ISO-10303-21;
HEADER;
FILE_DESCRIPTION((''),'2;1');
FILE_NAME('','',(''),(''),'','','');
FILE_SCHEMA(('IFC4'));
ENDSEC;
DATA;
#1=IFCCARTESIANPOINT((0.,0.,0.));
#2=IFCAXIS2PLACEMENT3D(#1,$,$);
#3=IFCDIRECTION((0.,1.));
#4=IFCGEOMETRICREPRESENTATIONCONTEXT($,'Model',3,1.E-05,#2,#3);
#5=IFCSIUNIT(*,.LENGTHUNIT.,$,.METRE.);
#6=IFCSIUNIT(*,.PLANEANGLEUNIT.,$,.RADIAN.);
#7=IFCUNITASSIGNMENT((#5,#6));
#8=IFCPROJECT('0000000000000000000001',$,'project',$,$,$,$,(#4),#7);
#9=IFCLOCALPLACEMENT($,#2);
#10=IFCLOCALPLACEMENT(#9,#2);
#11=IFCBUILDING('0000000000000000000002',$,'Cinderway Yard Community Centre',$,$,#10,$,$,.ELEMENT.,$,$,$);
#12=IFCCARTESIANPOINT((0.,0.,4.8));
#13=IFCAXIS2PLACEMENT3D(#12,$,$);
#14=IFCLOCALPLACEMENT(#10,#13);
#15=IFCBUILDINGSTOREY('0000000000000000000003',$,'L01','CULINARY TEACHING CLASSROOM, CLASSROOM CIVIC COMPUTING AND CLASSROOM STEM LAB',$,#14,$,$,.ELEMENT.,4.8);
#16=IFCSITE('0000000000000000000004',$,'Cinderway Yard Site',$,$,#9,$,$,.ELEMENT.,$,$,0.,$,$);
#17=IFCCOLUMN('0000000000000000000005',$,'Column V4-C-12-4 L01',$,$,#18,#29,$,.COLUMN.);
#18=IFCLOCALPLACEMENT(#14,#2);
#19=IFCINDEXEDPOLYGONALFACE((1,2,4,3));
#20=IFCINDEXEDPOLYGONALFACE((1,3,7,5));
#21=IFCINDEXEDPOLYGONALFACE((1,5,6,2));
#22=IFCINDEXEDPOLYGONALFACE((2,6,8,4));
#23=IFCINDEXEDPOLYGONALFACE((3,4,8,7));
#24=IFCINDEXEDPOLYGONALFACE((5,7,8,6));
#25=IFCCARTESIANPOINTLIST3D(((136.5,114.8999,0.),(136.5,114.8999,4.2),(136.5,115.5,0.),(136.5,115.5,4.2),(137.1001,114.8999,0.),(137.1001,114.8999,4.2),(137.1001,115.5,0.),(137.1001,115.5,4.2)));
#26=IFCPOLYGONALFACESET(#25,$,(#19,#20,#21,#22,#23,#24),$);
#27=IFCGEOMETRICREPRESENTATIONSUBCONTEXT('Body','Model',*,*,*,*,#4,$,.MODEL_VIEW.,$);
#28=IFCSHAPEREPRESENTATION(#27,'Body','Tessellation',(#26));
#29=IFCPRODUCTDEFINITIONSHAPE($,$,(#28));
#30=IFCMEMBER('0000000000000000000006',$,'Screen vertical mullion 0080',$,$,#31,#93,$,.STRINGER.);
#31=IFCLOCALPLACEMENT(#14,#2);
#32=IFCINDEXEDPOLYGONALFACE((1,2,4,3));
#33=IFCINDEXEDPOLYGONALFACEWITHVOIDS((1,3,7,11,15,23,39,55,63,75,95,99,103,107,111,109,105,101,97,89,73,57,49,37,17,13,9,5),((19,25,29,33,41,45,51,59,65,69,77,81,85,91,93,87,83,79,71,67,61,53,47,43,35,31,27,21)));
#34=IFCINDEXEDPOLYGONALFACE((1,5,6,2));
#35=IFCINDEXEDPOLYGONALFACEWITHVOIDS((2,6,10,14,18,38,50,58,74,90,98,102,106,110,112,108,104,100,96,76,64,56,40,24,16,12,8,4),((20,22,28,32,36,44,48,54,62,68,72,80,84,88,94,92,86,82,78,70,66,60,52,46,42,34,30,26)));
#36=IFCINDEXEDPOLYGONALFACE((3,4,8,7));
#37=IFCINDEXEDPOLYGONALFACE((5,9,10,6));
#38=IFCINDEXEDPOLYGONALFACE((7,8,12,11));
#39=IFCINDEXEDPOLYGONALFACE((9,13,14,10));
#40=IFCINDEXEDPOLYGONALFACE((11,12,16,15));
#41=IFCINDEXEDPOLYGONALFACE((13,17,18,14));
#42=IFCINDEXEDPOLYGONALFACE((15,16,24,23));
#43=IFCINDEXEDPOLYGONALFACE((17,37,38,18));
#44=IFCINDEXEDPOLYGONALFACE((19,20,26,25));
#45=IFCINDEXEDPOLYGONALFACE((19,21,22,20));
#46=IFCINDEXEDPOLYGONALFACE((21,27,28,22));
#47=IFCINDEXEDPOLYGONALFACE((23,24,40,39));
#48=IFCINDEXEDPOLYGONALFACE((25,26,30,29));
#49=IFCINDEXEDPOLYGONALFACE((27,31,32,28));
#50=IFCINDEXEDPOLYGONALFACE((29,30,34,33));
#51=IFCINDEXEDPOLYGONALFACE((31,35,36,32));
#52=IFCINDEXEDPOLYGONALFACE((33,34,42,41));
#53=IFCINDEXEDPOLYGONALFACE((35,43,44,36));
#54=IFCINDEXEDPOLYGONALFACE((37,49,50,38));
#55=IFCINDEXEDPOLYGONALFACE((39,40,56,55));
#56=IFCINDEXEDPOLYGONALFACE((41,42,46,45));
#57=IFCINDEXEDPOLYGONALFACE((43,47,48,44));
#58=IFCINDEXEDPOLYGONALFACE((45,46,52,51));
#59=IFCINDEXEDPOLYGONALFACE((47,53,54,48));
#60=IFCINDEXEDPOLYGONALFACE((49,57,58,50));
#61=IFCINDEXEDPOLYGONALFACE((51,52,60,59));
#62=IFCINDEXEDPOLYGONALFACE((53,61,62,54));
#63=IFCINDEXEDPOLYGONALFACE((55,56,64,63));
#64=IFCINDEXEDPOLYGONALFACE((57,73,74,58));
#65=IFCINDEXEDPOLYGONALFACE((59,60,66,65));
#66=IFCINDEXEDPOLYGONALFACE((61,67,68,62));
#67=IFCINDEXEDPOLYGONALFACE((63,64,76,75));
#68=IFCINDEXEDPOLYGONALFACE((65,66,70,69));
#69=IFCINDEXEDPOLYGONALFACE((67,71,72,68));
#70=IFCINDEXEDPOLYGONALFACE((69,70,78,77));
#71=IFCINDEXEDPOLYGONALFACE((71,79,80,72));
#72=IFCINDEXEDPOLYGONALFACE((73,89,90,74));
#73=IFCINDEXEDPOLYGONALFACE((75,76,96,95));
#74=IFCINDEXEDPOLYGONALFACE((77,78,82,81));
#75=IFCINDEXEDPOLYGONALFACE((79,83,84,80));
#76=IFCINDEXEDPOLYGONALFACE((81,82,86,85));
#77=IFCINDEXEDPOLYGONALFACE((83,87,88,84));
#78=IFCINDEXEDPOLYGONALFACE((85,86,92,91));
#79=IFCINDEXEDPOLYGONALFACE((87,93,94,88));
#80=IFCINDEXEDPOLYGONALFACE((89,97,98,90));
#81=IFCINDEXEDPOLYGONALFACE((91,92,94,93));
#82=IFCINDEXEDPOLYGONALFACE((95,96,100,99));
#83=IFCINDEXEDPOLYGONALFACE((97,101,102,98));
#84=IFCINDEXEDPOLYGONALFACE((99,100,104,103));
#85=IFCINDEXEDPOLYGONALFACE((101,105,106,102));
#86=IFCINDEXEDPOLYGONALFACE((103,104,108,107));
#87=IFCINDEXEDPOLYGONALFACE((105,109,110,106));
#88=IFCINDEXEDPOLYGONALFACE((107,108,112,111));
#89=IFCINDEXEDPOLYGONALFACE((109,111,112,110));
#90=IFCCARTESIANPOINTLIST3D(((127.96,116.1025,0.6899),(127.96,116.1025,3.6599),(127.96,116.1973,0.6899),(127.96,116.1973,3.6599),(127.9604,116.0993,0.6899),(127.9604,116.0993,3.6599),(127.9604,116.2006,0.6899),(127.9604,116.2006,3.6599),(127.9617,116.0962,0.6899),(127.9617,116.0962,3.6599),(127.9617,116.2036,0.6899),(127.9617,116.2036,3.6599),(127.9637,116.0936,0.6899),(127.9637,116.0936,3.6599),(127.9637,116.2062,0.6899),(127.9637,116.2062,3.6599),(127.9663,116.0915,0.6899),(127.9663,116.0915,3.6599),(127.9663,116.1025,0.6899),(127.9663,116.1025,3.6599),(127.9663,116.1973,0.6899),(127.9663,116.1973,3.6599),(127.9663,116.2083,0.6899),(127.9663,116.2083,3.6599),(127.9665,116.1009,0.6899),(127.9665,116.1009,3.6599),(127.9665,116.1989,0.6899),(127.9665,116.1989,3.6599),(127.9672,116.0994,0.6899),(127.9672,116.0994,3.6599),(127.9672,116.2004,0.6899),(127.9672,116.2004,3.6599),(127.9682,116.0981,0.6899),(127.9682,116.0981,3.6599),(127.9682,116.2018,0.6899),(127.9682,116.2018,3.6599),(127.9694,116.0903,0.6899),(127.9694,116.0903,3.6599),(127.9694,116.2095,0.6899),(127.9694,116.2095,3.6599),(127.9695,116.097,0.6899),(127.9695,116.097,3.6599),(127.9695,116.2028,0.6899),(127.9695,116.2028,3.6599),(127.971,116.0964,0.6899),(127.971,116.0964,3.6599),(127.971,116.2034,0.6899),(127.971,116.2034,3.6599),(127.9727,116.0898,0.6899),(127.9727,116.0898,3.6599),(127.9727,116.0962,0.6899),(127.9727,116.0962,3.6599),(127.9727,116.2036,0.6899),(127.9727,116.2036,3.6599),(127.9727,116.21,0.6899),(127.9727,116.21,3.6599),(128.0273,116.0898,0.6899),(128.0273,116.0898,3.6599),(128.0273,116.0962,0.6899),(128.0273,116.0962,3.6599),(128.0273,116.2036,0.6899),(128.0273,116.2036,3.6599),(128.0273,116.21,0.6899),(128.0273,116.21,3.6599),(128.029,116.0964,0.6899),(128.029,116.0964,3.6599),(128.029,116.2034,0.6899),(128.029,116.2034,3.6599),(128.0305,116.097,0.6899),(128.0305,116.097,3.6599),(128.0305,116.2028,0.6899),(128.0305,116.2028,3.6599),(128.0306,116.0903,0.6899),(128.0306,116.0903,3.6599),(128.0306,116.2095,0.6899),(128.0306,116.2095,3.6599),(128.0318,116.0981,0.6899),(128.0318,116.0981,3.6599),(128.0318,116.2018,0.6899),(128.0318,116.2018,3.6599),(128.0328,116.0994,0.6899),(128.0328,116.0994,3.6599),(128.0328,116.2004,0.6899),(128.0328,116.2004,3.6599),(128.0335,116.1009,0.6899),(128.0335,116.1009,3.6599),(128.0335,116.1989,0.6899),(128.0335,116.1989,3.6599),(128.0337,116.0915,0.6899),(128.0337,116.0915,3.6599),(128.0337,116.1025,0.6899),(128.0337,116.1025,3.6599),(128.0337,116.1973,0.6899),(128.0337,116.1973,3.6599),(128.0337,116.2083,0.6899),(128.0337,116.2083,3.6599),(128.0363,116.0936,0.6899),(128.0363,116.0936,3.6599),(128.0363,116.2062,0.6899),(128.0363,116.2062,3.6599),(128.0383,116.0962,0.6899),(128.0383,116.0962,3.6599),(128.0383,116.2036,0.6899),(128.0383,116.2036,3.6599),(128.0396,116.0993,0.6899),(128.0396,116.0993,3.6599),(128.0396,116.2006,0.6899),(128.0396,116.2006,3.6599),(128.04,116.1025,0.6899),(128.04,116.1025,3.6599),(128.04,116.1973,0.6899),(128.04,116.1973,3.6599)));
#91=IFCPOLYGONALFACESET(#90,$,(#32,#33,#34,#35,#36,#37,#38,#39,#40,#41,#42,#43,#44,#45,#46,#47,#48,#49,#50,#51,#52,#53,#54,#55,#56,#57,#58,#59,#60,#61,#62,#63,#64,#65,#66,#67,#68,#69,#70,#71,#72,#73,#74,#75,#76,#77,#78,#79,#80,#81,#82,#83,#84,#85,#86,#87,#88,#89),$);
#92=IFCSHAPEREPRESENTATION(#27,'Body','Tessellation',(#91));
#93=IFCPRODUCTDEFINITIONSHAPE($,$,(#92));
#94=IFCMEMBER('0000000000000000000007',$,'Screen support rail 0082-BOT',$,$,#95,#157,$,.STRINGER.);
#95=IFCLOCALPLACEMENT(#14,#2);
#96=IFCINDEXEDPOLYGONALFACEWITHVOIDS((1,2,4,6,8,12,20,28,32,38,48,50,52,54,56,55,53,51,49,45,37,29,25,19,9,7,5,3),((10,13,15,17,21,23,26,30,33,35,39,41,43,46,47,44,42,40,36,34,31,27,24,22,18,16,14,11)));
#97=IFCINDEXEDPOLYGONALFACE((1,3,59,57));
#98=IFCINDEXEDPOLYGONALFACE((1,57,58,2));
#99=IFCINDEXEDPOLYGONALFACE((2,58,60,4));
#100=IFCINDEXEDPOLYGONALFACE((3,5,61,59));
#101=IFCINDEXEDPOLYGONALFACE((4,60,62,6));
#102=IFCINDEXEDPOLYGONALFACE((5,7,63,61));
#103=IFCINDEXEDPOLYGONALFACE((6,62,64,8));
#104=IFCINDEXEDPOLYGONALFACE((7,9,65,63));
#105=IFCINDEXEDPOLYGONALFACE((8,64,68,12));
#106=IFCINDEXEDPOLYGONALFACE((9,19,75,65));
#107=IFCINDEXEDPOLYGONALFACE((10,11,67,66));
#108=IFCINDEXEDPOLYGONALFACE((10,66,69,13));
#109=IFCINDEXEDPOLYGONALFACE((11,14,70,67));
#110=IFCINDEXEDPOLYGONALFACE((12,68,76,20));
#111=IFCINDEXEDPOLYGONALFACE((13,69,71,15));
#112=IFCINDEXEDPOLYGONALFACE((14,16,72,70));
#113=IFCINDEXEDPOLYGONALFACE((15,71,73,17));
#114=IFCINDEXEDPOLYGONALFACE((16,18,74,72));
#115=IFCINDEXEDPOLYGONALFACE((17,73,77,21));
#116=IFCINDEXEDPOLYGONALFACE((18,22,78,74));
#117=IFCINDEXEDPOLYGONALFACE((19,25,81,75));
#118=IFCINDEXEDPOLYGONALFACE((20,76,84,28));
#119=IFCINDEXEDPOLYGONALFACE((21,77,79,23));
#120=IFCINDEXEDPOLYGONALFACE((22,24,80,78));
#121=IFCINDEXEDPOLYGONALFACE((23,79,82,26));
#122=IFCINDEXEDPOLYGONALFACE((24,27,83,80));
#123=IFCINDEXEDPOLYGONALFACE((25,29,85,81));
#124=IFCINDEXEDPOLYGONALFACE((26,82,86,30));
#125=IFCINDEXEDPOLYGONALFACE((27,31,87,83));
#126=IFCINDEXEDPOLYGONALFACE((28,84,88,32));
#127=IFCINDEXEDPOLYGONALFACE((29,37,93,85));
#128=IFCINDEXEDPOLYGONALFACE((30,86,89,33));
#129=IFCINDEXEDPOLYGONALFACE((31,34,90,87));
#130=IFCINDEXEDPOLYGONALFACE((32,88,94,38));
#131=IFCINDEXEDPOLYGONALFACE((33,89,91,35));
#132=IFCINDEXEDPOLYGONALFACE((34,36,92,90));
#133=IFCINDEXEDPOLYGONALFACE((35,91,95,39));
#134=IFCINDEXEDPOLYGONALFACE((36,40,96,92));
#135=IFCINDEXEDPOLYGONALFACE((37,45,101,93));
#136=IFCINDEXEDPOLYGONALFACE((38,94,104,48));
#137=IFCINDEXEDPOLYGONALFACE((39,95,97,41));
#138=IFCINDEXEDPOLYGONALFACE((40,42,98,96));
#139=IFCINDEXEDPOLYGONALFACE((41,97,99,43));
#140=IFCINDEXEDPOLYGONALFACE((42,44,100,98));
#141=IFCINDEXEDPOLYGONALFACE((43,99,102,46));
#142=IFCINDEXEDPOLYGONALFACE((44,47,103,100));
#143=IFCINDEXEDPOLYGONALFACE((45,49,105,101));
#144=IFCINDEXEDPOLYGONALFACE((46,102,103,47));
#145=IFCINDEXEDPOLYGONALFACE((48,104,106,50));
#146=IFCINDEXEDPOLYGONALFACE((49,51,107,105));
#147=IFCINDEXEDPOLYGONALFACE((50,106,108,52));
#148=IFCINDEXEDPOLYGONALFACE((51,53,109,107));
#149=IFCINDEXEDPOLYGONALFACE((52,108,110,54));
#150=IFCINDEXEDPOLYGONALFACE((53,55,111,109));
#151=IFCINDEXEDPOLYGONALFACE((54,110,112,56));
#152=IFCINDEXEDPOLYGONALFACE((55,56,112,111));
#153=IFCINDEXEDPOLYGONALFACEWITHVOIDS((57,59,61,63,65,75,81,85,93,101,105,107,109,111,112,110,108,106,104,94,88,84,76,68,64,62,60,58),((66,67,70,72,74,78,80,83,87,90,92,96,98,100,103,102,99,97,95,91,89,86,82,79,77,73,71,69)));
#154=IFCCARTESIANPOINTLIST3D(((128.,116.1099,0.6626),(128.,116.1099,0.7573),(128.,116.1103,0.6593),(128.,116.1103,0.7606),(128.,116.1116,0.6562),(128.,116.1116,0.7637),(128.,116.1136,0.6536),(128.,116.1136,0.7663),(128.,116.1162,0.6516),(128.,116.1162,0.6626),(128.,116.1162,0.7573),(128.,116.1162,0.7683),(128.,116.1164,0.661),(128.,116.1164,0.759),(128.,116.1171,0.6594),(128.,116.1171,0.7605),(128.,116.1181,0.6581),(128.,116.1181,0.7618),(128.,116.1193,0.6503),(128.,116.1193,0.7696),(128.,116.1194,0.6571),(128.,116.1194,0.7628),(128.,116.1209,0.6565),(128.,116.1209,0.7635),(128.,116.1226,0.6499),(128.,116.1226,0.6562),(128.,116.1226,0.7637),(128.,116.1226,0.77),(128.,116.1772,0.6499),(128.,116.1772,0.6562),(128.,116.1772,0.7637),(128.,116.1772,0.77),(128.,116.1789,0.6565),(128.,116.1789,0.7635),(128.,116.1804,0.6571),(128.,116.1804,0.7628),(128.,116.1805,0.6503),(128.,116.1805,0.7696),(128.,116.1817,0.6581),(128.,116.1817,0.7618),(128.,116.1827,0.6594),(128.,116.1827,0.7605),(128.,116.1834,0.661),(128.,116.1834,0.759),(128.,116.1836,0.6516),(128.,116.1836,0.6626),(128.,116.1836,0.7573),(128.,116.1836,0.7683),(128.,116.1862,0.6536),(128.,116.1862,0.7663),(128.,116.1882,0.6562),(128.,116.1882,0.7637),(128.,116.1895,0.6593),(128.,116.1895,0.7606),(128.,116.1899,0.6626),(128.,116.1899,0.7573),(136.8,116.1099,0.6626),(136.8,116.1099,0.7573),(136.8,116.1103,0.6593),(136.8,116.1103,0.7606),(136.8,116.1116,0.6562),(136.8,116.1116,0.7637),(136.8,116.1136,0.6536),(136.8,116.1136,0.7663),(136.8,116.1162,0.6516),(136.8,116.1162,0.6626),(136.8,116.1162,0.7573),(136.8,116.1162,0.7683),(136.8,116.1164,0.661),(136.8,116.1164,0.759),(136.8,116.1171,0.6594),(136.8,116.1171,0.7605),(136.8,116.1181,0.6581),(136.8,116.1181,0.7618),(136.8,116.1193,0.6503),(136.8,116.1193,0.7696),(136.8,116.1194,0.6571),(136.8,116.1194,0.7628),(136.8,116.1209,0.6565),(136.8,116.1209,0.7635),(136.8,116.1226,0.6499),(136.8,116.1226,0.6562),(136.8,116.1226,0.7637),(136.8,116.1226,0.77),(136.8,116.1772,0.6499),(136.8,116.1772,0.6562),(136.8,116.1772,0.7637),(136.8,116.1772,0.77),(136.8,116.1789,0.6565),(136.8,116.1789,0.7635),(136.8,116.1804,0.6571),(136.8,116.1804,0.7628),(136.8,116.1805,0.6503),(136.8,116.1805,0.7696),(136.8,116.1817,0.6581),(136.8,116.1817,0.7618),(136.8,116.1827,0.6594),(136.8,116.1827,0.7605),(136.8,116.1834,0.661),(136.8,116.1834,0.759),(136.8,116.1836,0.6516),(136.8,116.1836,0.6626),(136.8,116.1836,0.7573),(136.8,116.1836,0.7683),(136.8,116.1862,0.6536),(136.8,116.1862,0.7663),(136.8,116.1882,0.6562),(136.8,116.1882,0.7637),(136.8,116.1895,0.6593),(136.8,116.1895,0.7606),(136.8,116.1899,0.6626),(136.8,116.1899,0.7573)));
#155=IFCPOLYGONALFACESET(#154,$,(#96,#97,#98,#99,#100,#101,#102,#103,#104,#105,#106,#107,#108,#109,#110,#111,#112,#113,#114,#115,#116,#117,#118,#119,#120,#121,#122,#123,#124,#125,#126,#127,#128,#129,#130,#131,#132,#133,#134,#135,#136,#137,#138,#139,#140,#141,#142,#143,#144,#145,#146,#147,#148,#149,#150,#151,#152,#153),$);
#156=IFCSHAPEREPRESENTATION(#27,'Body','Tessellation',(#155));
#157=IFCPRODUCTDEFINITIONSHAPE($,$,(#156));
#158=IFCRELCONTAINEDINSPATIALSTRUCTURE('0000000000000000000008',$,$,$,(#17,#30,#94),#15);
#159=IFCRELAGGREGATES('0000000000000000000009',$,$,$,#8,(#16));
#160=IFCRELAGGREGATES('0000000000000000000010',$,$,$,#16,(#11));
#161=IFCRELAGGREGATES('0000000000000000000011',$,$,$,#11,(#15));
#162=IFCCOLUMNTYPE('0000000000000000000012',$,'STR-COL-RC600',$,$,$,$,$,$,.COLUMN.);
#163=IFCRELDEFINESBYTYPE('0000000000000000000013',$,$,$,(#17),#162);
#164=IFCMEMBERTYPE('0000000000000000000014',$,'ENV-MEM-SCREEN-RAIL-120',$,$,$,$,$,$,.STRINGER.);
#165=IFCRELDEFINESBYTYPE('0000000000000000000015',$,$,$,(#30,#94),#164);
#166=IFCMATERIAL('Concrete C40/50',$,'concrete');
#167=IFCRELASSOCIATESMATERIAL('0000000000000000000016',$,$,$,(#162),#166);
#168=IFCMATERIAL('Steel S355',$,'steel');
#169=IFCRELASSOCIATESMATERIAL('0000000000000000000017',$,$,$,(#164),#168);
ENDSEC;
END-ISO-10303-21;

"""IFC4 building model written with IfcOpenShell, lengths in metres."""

from ifc_helpers import new_model, si_unit, direction, frame, origin, origin_2d, place, context, subcontext, project, spatial, rectangle, hollow_rectangle, extrude, material, material_profile, profile_set, type_object, element, save


model = new_model("IFC4")

# Units and contexts
model_context = context("Model", 3, precision=1e-05, world=origin(), true_north=direction((0.0, 1.0)))
body_context = subcontext(model_context, "Body", "Model", "MODEL_VIEW")
ifc_project = project(units=[si_unit("LENGTHUNIT", "METRE"), si_unit("PLANEANGLEUNIT", "RADIAN")], contexts=[model_context])

# Site, building, storey
site_placement = place(None, origin())
site = spatial("IfcSite", under=ifc_project, at=site_placement, Name="Cinderway Yard Site", CompositionType="ELEMENT", RefElevation=0.0)
building_placement = place(site_placement, origin())
building = spatial("IfcBuilding", under=site, at=building_placement, Name="Cinderway Yard Community Centre", CompositionType="ELEMENT")
storey_placement = place(building_placement, frame((0.0, 0.0, 4.8)))
storey = spatial("IfcBuildingStorey", under=building, at=storey_placement, Name="L01", Description="CULINARY TEACHING CLASSROOM, CLASSROOM CIVIC COMPUTING AND CLASSROOM STEM LAB", CompositionType="ELEMENT", Elevation=4.8)

# Column
ifc_material_1 = material(Name="Concrete C40/50", Category="concrete")
ifc_material_profile_1 = material_profile(ifc_material_1, rectangle(XDim=0.6001, YDim=0.6001, at=origin_2d()), Name="Concrete C40/50")
ifc_profile_set_1 = profile_set([ifc_material_profile_1], Name="Concrete C40/50")
column_type = type_object("IfcColumnType", Name="STR-COL-RC600", PredefinedType="COLUMN", material=ifc_profile_set_1)
column_placement = place(storey_placement, frame((136.8, 115.2, 0.0), z_axis=(0.0, 0.0, 1.0), x_axis=(1.0, 0.0, 0.0)))
element("IfcColumn", 1, at=column_placement, inside=storey, type_object=column_type, Name="Column V4-C-12-4 L01", PredefinedType="COLUMN", context=body_context, shape_type="SweptSolid", body=[
    extrude(rectangle(XDim=0.6001, YDim=0.6001, at=origin_2d()), origin(), (0.0, 0.0, 1.0), 4.2),
])

# Members
ifc_material_2 = material(Name="Steel S355", Category="steel")
ifc_material_profile_2 = material_profile(ifc_material_2, hollow_rectangle(XDim=0.0801, YDim=0.1201, WallThickness=0.0063, InnerFilletRadius=0.0063, OuterFilletRadius=0.0127, at=origin_2d()), Name="Steel S355")
ifc_profile_set_2 = profile_set([ifc_material_profile_2], Name="Steel S355")
member_type_1 = type_object("IfcMemberType", Name="ENV-MEM-SCREEN-RAIL-120", PredefinedType="STRINGER", material=ifc_profile_set_2)
member_1_placement = place(storey_placement, frame((128.0, 116.1499, 0.6899), z_axis=(0.0, 0.0, 1.0), x_axis=(1.0, 0.0, 0.0)))
element("IfcMember", 2, at=member_1_placement, inside=storey, type_object=member_type_1, Name="Screen vertical mullion 0080", PredefinedType="STRINGER", context=body_context, shape_type="SweptSolid", body=[
    extrude(hollow_rectangle(XDim=0.0801, YDim=0.1201, WallThickness=0.0063, InnerFilletRadius=0.0063, OuterFilletRadius=0.0127, at=origin_2d()), origin(), (0.0, 0.0, 1.0), 2.97),
])
for number, where, z_axis, x_axis, name in (
    (3, (128.0, 116.1499, 0.71), (1.0, 0.0, 0.0), (0.0, 1.0, 0.0), "Screen support rail 0082-BOT"),
):
    element("IfcMember", number, at=place(storey_placement, frame(where, z_axis=z_axis, x_axis=x_axis)), inside=storey, type_object=member_type_1, Name=name, PredefinedType="STRINGER", context=body_context, shape_type="SweptSolid", body=[
        extrude(hollow_rectangle(XDim=0.0801, YDim=0.1201, WallThickness=0.0063, InnerFilletRadius=0.0063, OuterFilletRadius=0.0127, at=origin_2d()), origin(), (0.0, 0.0, 1.0), 8.8),
    ])

save(model, "model.ifc")
